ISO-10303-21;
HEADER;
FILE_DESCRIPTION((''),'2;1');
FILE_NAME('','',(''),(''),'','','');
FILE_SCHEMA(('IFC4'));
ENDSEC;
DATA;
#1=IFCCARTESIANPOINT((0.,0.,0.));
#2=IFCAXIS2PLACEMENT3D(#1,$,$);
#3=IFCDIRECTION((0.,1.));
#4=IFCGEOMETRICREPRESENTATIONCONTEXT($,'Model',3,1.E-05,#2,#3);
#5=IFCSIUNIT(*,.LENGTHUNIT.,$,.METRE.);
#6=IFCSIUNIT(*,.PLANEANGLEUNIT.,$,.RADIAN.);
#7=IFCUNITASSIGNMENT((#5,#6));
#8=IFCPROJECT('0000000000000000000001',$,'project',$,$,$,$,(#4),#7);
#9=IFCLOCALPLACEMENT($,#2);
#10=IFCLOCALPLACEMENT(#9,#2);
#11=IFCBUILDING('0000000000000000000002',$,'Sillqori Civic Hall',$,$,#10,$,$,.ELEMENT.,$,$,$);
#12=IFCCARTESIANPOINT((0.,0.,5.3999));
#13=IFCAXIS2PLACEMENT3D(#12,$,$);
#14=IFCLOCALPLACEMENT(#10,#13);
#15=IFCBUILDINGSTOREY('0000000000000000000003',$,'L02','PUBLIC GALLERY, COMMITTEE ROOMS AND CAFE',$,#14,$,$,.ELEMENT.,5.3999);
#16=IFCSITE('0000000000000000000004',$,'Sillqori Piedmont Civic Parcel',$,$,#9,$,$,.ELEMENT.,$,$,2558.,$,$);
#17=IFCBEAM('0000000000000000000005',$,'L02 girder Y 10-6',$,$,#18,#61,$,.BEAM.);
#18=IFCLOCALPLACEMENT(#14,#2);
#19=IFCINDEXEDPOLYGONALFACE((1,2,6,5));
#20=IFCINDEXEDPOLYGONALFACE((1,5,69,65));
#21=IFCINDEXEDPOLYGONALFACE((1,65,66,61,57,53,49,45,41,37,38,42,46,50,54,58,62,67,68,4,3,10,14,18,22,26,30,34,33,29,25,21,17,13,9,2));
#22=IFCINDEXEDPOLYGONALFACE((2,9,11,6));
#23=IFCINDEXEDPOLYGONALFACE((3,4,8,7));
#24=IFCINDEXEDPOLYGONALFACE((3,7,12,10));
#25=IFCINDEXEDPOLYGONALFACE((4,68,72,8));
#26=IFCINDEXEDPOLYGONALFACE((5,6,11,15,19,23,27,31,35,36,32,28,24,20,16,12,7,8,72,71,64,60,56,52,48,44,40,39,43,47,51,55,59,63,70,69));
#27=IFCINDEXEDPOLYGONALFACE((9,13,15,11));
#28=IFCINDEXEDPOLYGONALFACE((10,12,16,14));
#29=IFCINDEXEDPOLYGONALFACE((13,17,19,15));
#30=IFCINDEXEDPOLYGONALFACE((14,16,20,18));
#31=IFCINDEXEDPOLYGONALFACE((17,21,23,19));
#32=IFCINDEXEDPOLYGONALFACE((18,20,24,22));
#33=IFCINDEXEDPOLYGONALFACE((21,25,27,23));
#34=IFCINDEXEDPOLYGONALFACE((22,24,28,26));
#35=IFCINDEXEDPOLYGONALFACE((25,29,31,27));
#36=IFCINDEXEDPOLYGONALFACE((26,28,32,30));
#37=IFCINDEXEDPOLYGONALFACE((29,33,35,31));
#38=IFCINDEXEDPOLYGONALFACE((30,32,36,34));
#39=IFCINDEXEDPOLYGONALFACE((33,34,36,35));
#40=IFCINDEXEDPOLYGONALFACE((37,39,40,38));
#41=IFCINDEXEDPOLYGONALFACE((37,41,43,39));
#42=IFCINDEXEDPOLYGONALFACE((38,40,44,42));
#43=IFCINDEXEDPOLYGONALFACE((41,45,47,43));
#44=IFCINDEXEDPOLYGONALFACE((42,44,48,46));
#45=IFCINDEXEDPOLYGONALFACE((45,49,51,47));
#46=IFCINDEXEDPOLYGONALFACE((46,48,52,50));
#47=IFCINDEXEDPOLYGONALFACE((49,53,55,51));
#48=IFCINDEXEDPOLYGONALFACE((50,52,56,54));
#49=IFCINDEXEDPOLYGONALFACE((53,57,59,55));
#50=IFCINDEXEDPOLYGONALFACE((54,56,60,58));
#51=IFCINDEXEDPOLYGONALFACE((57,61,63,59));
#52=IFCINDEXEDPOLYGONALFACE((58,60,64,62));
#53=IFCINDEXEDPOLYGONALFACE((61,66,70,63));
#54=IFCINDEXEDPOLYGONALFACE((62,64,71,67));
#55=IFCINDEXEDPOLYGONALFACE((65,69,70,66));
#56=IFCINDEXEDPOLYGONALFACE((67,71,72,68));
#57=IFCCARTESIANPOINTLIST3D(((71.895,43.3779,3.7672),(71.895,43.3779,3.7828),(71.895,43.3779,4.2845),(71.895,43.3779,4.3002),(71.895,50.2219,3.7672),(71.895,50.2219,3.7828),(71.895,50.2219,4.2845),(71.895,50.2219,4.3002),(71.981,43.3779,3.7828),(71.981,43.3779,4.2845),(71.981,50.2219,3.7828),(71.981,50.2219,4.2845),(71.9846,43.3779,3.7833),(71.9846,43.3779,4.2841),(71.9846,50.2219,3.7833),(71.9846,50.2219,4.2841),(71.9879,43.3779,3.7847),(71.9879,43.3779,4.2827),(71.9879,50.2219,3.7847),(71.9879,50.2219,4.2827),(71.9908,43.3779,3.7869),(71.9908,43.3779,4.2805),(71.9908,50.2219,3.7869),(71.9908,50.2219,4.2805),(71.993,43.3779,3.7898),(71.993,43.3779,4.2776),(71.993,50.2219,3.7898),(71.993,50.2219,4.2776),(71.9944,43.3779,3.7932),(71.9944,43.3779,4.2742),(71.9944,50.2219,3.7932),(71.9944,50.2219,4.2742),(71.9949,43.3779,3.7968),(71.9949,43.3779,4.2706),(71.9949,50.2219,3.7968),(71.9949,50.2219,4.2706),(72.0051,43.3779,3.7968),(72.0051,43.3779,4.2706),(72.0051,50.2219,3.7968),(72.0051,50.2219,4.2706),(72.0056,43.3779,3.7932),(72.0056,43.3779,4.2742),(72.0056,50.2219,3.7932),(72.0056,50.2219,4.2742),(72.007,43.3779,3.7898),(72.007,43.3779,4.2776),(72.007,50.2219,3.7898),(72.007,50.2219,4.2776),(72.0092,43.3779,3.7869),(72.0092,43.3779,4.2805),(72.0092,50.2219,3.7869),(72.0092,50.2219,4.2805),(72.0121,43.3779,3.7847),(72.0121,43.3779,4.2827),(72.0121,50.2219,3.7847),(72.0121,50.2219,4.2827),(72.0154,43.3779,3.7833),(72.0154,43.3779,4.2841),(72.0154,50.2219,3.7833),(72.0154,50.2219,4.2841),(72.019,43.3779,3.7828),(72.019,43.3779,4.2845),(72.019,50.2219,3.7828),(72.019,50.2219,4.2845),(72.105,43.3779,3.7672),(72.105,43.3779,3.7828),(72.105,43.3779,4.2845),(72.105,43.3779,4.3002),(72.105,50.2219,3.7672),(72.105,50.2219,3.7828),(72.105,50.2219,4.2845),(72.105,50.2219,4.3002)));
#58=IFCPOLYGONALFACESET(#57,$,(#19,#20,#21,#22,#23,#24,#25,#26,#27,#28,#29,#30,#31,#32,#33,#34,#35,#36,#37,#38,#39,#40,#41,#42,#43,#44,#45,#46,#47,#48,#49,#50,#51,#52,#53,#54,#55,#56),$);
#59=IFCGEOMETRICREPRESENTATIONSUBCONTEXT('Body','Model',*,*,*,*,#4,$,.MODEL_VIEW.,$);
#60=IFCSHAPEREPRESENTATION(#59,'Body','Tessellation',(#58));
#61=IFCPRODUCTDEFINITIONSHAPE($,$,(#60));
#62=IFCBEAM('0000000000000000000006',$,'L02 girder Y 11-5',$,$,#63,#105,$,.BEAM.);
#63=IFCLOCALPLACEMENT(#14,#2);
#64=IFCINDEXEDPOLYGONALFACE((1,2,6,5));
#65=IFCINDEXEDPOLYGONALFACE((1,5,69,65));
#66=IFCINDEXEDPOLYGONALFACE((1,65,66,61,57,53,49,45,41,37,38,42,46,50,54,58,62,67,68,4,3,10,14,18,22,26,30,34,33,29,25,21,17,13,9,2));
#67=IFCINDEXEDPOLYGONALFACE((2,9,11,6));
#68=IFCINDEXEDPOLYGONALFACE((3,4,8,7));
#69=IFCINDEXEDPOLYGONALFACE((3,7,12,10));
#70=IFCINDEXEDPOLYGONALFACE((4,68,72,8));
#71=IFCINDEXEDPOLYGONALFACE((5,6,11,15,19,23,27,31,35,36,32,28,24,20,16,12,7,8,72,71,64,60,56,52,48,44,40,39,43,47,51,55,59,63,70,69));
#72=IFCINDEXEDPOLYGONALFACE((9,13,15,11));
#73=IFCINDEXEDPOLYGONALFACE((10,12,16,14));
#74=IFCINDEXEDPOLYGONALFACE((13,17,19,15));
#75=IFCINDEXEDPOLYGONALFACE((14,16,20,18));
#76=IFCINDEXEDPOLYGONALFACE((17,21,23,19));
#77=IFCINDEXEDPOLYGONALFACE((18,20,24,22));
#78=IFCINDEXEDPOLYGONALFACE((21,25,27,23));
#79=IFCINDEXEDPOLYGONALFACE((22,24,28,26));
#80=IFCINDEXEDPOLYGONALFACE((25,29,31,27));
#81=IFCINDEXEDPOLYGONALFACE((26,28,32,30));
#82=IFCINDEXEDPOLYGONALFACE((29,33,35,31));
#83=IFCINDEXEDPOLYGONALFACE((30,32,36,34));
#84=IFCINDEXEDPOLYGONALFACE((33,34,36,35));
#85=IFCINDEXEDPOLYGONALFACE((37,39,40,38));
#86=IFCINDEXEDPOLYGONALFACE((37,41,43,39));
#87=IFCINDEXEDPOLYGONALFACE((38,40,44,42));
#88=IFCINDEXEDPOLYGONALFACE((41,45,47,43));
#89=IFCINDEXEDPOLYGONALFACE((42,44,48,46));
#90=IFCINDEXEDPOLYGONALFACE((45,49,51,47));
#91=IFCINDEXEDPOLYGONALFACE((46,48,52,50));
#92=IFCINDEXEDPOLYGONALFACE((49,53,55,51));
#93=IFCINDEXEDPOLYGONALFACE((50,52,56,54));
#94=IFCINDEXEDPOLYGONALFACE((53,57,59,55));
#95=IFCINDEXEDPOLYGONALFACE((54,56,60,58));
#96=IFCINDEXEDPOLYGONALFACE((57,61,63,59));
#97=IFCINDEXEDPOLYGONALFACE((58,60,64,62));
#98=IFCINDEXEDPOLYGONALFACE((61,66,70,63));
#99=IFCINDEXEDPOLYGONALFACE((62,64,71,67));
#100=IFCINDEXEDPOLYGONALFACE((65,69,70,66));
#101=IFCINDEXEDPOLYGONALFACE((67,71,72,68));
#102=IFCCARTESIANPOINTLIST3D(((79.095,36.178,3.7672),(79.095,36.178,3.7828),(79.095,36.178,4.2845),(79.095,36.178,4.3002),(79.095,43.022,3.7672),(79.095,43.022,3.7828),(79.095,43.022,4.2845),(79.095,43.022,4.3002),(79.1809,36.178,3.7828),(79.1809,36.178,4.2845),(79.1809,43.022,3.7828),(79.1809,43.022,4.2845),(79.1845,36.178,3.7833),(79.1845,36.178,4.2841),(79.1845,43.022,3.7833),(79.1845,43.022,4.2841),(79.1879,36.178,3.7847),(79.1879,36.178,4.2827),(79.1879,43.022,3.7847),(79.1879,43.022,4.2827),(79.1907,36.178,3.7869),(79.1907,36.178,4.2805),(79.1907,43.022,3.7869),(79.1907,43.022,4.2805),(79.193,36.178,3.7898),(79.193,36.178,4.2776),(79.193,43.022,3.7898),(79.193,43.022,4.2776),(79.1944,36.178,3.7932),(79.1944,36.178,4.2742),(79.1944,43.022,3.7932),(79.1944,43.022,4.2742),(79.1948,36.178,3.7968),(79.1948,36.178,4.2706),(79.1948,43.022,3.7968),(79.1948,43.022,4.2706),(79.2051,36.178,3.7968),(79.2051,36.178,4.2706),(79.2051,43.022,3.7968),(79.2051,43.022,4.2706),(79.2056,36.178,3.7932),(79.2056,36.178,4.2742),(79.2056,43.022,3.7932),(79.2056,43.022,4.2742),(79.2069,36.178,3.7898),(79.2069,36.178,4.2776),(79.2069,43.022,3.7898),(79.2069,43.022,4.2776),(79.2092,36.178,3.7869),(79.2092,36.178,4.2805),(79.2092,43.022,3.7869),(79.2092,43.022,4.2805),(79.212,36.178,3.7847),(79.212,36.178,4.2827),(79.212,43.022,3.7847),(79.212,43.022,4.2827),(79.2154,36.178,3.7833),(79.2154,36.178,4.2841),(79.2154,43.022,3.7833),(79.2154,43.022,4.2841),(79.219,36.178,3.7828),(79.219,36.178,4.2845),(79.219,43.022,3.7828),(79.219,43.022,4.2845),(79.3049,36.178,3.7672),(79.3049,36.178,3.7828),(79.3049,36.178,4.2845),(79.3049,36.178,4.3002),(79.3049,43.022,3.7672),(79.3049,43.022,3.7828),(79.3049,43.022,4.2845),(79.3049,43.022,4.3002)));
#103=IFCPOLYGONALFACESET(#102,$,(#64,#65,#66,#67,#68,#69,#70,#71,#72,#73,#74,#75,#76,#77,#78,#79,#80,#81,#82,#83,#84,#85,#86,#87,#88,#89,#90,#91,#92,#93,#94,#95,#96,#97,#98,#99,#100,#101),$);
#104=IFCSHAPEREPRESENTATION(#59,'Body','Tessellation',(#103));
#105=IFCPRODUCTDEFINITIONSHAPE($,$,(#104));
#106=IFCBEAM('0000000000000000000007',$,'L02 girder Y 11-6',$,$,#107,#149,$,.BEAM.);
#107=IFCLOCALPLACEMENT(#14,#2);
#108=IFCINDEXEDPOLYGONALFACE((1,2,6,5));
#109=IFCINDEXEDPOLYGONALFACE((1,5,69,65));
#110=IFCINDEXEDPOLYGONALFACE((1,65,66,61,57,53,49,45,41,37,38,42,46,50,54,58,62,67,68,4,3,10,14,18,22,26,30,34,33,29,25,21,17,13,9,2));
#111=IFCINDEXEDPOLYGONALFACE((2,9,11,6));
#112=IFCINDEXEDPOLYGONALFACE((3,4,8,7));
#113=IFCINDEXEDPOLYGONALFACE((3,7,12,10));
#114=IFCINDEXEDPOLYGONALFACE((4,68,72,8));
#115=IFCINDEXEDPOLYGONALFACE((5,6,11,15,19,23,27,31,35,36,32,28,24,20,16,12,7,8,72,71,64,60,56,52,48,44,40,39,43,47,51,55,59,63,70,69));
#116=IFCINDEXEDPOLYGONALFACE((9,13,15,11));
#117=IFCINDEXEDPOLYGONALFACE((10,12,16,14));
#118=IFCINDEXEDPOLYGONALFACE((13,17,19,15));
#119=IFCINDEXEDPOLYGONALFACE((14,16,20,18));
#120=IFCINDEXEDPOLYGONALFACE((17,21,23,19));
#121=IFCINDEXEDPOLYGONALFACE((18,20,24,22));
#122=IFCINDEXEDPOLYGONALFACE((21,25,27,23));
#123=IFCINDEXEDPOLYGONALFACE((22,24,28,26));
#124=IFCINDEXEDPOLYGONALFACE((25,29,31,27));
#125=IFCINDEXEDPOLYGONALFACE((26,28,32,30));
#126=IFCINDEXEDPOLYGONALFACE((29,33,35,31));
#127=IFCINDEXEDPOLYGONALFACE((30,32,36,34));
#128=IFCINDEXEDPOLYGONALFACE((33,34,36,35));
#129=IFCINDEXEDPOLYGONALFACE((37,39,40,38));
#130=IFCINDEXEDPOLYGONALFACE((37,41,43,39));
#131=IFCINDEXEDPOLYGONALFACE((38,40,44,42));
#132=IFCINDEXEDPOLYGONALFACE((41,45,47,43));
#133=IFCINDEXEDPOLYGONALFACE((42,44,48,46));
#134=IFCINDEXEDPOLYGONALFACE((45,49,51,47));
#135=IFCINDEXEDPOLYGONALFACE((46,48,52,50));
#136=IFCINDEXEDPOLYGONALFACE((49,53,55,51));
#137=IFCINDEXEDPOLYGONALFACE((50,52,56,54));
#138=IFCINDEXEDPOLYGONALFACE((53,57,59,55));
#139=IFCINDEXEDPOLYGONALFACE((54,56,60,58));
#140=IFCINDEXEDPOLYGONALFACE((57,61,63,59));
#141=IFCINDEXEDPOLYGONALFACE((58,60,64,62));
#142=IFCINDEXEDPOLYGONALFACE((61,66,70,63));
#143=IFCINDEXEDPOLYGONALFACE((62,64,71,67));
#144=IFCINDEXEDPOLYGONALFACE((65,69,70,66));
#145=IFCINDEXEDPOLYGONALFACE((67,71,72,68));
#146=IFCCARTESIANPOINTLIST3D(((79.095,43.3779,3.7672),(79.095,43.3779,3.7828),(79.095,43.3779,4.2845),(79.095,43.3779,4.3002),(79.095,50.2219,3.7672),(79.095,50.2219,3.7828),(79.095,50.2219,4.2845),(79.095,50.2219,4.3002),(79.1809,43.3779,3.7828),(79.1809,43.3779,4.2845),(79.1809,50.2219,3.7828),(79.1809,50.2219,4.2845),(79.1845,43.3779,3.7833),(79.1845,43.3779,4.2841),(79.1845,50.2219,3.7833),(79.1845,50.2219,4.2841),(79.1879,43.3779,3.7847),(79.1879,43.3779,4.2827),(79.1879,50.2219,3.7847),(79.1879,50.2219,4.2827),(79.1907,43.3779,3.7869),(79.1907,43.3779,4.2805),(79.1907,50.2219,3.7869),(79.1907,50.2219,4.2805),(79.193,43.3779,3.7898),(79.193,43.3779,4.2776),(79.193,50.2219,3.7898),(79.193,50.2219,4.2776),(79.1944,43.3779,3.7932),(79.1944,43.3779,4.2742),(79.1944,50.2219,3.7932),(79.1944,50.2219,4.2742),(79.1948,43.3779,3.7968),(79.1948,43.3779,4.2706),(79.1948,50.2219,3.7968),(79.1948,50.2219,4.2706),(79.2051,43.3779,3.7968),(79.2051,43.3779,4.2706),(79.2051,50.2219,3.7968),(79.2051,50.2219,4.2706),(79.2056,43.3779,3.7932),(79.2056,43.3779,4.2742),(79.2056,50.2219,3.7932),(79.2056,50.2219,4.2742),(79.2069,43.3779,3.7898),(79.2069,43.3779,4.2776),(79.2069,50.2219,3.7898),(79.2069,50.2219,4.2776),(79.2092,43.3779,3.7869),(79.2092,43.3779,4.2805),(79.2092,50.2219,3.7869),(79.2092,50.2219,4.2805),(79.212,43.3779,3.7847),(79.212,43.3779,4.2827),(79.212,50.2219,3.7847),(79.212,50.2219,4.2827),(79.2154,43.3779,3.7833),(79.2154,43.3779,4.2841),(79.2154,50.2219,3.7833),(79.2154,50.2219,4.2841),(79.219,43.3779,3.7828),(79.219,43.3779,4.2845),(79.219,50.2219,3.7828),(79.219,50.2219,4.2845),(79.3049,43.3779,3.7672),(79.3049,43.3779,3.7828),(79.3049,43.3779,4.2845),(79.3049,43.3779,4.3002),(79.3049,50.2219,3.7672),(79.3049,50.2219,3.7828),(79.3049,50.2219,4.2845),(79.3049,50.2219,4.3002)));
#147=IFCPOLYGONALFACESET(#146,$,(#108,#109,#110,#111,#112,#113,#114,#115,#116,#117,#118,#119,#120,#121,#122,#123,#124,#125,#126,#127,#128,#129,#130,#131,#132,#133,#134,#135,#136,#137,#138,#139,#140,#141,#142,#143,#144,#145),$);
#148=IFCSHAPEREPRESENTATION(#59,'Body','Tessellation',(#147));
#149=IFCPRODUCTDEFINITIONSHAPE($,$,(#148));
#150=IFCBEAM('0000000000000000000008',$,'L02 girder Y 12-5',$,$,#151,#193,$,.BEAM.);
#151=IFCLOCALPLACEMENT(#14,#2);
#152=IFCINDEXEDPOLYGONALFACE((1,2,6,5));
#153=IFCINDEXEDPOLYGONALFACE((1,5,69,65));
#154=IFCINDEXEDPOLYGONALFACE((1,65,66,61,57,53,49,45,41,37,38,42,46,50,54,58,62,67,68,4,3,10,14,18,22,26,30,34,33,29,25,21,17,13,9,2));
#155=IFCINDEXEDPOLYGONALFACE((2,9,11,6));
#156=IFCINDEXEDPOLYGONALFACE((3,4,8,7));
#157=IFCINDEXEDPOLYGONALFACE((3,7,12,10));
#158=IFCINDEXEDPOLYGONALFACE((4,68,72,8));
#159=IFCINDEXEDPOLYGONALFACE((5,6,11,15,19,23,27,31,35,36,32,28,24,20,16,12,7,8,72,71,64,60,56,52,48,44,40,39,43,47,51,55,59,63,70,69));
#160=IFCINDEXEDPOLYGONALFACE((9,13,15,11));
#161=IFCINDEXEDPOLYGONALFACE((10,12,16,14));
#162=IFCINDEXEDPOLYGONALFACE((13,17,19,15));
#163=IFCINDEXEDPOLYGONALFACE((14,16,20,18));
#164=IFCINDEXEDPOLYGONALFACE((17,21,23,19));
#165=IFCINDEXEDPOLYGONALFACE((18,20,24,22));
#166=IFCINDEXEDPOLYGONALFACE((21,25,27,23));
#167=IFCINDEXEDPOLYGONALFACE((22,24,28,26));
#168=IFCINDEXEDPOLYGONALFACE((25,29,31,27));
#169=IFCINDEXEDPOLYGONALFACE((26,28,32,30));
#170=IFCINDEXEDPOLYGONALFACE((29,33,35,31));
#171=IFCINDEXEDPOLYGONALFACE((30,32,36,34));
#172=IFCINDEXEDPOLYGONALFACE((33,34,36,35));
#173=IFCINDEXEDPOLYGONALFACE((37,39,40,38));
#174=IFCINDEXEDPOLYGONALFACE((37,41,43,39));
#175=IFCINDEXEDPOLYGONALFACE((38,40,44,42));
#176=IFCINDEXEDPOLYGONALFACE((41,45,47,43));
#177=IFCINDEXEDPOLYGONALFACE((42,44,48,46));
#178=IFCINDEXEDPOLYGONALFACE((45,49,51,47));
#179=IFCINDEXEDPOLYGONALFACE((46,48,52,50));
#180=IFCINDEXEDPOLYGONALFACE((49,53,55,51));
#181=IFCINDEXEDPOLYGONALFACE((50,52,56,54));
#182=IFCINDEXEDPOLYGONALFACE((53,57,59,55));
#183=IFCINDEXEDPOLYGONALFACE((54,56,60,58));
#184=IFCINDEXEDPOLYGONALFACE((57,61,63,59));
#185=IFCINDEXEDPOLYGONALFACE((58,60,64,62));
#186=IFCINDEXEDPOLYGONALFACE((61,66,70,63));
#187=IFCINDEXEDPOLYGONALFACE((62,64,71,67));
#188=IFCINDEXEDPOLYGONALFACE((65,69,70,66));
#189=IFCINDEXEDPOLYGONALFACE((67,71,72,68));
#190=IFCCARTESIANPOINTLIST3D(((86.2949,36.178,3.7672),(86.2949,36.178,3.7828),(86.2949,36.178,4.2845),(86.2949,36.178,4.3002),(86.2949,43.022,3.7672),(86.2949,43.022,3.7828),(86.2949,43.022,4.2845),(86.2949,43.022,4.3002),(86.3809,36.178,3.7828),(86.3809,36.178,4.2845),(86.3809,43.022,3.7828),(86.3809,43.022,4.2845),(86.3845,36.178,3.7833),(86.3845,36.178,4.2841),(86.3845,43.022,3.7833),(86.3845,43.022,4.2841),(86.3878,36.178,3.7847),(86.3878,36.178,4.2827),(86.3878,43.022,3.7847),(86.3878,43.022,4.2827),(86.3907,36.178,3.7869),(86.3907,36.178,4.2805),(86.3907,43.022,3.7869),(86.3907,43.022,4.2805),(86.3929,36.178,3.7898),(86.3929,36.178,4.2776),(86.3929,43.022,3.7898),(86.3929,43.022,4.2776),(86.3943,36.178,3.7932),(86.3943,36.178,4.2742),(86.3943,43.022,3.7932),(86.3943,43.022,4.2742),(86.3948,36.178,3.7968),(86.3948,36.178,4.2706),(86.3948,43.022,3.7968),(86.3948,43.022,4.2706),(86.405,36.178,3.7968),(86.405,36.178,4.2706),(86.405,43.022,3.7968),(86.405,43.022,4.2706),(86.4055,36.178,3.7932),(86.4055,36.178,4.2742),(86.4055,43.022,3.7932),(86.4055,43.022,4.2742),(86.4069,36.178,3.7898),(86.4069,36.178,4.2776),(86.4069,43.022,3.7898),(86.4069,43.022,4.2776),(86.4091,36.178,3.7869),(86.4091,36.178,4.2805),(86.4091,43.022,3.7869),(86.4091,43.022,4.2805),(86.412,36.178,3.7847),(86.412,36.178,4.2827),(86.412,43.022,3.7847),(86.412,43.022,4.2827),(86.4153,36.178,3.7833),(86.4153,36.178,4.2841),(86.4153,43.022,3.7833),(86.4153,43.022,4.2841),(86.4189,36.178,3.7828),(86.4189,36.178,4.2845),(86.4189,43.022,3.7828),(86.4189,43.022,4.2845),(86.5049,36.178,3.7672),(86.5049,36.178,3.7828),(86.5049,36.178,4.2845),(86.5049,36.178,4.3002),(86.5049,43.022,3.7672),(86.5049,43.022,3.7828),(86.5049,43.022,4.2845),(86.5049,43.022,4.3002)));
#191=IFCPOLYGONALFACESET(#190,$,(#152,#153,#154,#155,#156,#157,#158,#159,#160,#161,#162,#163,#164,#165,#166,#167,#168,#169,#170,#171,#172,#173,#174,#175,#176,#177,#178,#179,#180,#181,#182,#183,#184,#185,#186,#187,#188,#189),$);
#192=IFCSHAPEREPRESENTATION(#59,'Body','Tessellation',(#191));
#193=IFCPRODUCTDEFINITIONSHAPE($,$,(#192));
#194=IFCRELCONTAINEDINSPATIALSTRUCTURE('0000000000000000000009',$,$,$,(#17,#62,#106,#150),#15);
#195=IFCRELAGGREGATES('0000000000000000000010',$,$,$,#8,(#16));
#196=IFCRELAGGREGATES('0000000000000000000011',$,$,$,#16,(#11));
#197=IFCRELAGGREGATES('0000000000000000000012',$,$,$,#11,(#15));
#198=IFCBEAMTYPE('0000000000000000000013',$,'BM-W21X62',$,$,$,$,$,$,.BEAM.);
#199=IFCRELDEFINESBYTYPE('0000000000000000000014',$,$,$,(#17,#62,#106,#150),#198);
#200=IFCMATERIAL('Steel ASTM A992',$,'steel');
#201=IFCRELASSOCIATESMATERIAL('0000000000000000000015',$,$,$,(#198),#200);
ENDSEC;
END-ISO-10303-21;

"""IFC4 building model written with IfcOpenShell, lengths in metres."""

from ifc_helpers import new_model, si_unit, direction, frame, origin, origin_2d, place, context, subcontext, project, spatial, i_section, extrude, material, material_profile, profile_set, type_object, element, save


model = new_model("IFC4")

# Units and contexts
model_context = context("Model", 3, precision=1e-05, world=origin(), true_north=direction((0.0, 1.0)))
body_context = subcontext(model_context, "Body", "Model", "MODEL_VIEW")
ifc_project = project(units=[si_unit("LENGTHUNIT", "METRE"), si_unit("PLANEANGLEUNIT", "RADIAN")], contexts=[model_context])

# Site, building, storey
site_placement = place(None, origin())
site = spatial("IfcSite", under=ifc_project, at=site_placement, Name="Sillqori Piedmont Civic Parcel", CompositionType="ELEMENT", RefElevation=2558.0)
building_placement = place(site_placement, origin())
building = spatial("IfcBuilding", under=site, at=building_placement, Name="Sillqori Civic Hall", CompositionType="ELEMENT")
storey_placement = place(building_placement, frame((0.0, 0.0, 5.3999)))
storey = spatial("IfcBuildingStorey", under=building, at=storey_placement, Name="L02", Description="PUBLIC GALLERY, COMMITTEE ROOMS AND CAFE", CompositionType="ELEMENT", Elevation=5.3999)

# Shared definitions
ifc_material_1 = material(Name="Steel ASTM A992", Category="steel")

# Beams
ifc_material_profile_1 = material_profile(ifc_material_1, i_section(OverallWidth=0.21, OverallDepth=0.533, WebThickness=0.0103, FlangeThickness=0.0156, FilletRadius=0.0139, at=origin_2d()), Name="W21X62")
ifc_profile_set_1 = profile_set([ifc_material_profile_1], Name="Steel ASTM A992")
beam_type_1 = type_object("IfcBeamType", Name="BM-W21X62", PredefinedType="BEAM", material=ifc_profile_set_1)
for number, where, z_axis, x_axis, name in (
    (1, (72.0, 43.3779, 4.0337), (0.0, 1.0, 0.0), (-1.0, 0.0, 0.0), "L02 girder Y 10-6"),
    (2, (79.2, 36.178, 4.0337), (0.0, 1.0, 0.0), (-1.0, 0.0, 0.0), "L02 girder Y 11-5"),
    (3, (79.2, 43.3779, 4.0337), (0.0, 1.0, 0.0), (-1.0, 0.0, 0.0), "L02 girder Y 11-6"),
    (4, (86.3999, 36.178, 4.0337), (0.0, 1.0, 0.0), (-1.0, 0.0, 0.0), "L02 girder Y 12-5"),
):
    element("IfcBeam", number, at=place(storey_placement, frame(where, z_axis=z_axis, x_axis=x_axis)), inside=storey, type_object=beam_type_1, Name=name, PredefinedType="BEAM", context=body_context, shape_type="SweptSolid", body=[
        extrude(i_section(OverallWidth=0.21, OverallDepth=0.533, WebThickness=0.0103, FlangeThickness=0.0156, FilletRadius=0.0139, at=origin_2d()), origin(), (0.0, 0.0, 1.0), 6.844),
    ])

save(model, "model.ifc")
